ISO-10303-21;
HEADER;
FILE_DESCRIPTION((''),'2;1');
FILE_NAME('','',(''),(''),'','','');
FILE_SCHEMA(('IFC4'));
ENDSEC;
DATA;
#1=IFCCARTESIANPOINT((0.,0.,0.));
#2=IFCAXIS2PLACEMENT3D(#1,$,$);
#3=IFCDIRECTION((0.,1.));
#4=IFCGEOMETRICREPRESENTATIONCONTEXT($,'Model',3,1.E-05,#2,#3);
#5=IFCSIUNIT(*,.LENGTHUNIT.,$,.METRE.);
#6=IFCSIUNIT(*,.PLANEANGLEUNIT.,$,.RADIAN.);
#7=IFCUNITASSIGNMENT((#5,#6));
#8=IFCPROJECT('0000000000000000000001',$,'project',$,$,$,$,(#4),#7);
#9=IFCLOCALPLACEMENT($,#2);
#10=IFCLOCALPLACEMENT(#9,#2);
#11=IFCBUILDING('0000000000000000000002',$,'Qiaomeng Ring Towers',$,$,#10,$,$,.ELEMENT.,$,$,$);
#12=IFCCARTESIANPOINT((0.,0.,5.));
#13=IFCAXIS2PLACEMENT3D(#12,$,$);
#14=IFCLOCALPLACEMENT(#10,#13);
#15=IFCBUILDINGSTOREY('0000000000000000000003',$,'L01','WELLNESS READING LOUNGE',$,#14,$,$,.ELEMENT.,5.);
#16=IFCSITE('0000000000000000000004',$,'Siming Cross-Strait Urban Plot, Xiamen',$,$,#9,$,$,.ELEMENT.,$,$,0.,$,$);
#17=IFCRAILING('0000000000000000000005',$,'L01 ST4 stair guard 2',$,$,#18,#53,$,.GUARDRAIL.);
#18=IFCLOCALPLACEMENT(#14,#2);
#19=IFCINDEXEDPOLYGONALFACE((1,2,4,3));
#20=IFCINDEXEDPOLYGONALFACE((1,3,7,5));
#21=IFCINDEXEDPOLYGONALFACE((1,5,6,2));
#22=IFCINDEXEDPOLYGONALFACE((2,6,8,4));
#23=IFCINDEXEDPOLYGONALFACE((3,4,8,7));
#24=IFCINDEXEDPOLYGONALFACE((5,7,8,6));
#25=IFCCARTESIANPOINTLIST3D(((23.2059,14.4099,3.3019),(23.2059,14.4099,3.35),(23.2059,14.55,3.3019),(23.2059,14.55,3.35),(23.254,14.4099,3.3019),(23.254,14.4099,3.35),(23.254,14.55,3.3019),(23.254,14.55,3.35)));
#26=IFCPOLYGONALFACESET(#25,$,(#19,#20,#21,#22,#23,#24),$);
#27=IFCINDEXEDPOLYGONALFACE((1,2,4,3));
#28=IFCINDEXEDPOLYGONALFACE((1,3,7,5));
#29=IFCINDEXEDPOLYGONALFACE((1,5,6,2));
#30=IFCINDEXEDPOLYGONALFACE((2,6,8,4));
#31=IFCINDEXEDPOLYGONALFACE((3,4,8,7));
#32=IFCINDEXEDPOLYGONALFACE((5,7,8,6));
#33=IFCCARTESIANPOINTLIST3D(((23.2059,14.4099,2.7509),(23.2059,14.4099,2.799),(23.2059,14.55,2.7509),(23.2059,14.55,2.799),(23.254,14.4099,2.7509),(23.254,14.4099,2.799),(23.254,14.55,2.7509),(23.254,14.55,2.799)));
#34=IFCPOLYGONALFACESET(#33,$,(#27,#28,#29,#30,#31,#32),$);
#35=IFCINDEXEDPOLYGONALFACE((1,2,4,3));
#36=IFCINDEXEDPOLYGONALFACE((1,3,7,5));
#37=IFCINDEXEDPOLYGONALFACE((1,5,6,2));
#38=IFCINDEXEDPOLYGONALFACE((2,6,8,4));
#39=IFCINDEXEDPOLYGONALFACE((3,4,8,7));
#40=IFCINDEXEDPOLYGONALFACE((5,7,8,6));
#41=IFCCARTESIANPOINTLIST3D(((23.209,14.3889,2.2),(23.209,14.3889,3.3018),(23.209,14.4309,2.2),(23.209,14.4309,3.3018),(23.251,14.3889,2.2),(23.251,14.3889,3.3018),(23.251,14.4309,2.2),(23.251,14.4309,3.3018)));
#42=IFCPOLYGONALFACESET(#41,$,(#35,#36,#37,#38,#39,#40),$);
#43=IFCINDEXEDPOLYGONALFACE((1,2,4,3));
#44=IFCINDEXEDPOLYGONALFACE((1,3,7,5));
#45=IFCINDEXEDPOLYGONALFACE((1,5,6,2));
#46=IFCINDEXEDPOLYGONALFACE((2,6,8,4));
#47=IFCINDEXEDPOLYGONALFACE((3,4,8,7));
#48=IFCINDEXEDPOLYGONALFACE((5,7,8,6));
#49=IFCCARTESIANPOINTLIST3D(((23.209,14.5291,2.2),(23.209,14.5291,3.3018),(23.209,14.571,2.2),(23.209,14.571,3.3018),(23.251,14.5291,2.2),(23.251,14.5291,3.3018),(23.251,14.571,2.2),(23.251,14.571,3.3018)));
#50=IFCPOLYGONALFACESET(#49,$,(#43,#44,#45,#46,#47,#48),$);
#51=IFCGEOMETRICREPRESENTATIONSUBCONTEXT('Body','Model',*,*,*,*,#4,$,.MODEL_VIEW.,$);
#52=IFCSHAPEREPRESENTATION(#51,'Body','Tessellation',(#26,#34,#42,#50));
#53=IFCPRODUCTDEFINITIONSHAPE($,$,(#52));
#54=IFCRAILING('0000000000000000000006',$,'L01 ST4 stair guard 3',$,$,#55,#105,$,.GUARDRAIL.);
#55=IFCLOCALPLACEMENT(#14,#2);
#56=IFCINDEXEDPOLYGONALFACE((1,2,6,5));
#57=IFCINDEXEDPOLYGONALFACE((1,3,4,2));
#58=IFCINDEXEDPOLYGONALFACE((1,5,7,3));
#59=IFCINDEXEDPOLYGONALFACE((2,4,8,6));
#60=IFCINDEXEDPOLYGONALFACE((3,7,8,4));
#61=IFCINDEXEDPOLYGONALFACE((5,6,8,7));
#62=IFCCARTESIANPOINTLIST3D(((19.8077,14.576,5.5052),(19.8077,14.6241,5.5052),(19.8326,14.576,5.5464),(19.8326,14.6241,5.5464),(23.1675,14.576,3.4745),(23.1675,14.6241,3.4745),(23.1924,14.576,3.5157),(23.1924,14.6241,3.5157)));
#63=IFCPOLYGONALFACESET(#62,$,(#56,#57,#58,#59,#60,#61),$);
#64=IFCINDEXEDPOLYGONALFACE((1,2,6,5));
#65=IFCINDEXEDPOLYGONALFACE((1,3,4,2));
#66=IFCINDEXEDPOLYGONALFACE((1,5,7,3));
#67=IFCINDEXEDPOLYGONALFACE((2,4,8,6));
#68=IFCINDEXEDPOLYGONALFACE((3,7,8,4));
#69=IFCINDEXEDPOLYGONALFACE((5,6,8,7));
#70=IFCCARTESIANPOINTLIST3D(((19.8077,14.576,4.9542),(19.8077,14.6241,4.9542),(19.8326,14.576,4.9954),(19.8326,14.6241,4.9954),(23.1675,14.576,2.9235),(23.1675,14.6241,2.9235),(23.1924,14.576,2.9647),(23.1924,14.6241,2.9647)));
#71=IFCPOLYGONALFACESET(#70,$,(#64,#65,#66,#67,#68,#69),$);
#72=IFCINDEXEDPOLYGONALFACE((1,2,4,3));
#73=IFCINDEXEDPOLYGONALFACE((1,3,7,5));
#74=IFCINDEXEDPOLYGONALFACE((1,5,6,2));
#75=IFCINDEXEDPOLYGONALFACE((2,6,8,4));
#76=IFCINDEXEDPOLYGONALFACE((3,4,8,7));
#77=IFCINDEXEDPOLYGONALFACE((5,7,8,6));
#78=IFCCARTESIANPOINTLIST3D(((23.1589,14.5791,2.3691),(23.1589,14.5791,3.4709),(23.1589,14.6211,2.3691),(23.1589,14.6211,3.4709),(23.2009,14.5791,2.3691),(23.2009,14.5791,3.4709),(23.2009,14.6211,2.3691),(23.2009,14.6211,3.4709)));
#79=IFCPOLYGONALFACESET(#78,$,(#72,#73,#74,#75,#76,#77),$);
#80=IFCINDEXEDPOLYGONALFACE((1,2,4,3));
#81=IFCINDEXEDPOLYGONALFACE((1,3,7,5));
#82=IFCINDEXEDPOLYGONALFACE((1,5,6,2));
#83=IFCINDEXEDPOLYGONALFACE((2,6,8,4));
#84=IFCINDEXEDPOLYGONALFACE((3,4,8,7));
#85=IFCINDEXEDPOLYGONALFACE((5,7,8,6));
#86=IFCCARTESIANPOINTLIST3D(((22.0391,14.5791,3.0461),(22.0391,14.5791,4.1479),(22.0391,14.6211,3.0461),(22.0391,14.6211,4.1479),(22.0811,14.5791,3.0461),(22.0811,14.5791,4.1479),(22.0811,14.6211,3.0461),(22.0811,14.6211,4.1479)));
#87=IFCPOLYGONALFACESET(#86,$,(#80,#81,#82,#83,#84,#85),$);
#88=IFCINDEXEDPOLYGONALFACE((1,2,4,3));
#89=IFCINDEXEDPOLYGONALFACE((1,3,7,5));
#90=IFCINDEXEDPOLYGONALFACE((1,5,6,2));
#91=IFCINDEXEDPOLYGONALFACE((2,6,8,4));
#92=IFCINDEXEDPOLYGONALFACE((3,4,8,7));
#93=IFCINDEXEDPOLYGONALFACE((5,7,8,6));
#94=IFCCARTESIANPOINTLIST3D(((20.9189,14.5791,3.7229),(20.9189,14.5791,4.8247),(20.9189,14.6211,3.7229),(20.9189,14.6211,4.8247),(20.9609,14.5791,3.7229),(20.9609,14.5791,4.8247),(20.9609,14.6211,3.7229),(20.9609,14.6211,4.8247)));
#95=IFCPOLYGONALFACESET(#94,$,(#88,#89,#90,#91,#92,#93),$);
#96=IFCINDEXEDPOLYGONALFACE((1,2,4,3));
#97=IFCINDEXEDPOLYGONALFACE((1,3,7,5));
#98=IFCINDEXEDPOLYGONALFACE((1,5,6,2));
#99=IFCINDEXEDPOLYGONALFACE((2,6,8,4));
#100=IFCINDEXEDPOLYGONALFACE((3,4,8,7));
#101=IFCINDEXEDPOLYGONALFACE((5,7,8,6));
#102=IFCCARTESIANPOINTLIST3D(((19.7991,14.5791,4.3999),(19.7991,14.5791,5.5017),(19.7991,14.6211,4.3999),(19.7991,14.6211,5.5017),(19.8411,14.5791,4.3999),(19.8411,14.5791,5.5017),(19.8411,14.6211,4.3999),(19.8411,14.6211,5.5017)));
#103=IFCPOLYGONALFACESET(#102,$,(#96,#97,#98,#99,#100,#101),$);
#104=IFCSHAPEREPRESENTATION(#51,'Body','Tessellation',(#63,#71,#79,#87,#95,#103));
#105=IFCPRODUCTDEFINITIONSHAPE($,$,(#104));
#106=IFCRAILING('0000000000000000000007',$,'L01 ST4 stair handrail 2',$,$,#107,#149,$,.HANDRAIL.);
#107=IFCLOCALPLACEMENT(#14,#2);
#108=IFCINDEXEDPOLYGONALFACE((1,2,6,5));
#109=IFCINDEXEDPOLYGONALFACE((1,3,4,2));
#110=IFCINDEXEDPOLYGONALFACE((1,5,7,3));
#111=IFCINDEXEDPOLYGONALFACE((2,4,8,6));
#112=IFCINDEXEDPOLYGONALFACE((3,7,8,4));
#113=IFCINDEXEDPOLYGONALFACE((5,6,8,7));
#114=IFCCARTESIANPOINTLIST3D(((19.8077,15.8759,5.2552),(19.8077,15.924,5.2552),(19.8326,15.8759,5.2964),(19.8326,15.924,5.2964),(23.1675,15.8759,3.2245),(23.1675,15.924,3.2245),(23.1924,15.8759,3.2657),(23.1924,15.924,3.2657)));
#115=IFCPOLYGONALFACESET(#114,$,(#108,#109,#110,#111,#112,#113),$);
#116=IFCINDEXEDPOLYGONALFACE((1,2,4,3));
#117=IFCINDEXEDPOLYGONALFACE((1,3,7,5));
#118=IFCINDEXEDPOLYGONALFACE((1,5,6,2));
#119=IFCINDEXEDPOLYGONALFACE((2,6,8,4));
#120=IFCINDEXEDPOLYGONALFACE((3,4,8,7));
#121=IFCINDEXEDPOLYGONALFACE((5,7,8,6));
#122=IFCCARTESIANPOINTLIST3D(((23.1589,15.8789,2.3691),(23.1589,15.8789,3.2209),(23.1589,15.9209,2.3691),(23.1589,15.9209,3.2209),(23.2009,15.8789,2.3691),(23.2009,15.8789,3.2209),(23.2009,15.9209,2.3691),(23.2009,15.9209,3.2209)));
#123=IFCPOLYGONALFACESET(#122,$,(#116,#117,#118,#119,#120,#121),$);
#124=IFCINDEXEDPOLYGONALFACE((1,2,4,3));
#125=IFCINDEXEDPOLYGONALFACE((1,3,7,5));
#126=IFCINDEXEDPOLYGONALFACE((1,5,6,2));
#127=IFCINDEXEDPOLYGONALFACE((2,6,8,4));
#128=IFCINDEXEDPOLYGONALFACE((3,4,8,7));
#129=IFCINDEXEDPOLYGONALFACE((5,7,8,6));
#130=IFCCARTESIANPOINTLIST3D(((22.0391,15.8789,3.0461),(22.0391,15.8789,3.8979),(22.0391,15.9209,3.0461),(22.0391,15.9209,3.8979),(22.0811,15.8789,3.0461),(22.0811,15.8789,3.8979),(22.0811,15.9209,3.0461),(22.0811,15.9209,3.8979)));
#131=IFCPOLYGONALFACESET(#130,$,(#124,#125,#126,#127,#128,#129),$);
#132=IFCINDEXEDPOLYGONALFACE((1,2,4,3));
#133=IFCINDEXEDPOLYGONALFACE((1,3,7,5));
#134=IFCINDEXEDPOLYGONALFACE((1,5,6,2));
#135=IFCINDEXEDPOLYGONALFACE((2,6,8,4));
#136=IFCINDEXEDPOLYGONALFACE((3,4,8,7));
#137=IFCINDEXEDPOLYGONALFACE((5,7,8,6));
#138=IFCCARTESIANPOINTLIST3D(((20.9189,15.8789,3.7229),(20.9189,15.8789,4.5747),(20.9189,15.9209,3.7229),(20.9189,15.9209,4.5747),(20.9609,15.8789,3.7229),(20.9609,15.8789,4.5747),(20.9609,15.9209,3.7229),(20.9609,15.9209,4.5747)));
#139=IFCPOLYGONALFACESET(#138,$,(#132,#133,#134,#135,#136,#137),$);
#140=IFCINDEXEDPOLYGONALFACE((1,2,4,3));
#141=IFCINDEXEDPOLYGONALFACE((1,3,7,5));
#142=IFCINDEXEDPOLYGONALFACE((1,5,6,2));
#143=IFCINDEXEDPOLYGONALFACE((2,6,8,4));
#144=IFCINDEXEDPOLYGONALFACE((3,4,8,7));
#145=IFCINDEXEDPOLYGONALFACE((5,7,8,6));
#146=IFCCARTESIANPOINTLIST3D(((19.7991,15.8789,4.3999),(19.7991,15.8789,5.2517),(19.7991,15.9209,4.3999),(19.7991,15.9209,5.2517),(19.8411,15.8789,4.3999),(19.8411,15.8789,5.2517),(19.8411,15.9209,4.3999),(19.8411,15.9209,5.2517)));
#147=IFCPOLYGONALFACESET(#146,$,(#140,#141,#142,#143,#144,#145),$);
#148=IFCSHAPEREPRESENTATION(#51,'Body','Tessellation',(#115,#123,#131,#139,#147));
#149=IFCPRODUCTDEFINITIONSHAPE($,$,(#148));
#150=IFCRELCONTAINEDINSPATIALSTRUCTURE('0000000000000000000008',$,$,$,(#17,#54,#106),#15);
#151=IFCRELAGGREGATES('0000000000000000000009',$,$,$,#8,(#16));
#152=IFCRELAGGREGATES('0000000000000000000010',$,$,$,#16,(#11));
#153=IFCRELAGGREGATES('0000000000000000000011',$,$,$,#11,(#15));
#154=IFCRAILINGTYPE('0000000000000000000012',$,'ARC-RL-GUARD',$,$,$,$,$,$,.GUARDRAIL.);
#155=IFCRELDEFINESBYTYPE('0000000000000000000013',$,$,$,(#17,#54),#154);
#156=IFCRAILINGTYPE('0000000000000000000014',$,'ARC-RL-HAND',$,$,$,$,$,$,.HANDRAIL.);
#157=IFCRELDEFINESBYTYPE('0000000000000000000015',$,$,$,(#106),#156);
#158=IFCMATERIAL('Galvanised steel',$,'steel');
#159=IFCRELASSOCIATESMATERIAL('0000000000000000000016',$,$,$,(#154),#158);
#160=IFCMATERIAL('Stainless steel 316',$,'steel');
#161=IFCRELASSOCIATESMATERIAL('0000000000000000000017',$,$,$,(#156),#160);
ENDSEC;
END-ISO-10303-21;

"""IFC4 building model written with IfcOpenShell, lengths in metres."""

from ifc_helpers import new_model, si_unit, direction, frame, origin, origin_2d, place, context, subcontext, project, spatial, rectangle, extrude, material, type_object, element, save


model = new_model("IFC4")

# Units and contexts
model_context = context("Model", 3, precision=1e-05, world=origin(), true_north=direction((0.0, 1.0)))
body_context = subcontext(model_context, "Body", "Model", "MODEL_VIEW")
ifc_project = project(units=[si_unit("LENGTHUNIT", "METRE"), si_unit("PLANEANGLEUNIT", "RADIAN")], contexts=[model_context])

# Site, building, storey
site_placement = place(None, origin())
site = spatial("IfcSite", under=ifc_project, at=site_placement, Name="Siming Cross-Strait Urban Plot, Xiamen", CompositionType="ELEMENT", RefElevation=0.0)
building_placement = place(site_placement, origin())
building = spatial("IfcBuilding", under=site, at=building_placement, Name="Qiaomeng Ring Towers", CompositionType="ELEMENT")
storey_placement = place(building_placement, frame((0.0, 0.0, 5.0)))
storey = spatial("IfcBuildingStorey", under=building, at=storey_placement, Name="L01", Description="WELLNESS READING LOUNGE", CompositionType="ELEMENT", Elevation=5.0)

# Shared definitions
ifc_material_1 = material(Name="Galvanised steel", Category="steel")

# Shared definitions
ifc_material_2 = material(Name="Stainless steel 316", Category="steel")

# Railings
railing_type_1 = type_object("IfcRailingType", Name="ARC-RL-GUARD", PredefinedType="GUARDRAIL", material=ifc_material_1)
railing_1_placement = place(storey_placement, frame((23.23, 14.4099, 2.2)))
element("IfcRailing", 1, at=railing_1_placement, inside=storey, type_object=railing_type_1, Name="L01 ST4 stair guard 2", PredefinedType="GUARDRAIL", context=body_context, shape_type="SweptSolid", body=[
    extrude(rectangle(XDim=0.0481, YDim=0.0481, at=origin_2d()), frame((0.0, 0.0, 1.126), z_axis=(0.0, 1.0, 0.0), x_axis=(-1.0, 0.0, 0.0)), (0.0, 0.0, 1.0), 0.1401),
    extrude(rectangle(XDim=0.0481, YDim=0.0481, at=origin_2d()), frame((0.0, 0.0, 0.575), z_axis=(0.0, 1.0, 0.0), x_axis=(-1.0, 0.0, 0.0)), (0.0, 0.0, 1.0), 0.1401),
    extrude(rectangle(XDim=0.042, YDim=0.042, at=origin_2d()), origin(), (0.0, 0.0, 1.0), 1.1018),
    extrude(rectangle(XDim=0.042, YDim=0.042, at=origin_2d()), frame((0.0, 0.1401, 0.0)), (0.0, 0.0, 1.0), 1.1018),
])
railing_2_placement = place(storey_placement, frame((23.1799, 14.6001, 2.3691)))
element("IfcRailing", 2, at=railing_2_placement, inside=storey, type_object=railing_type_1, Name="L01 ST4 stair guard 3", PredefinedType="GUARDRAIL", context=body_context, shape_type="SweptSolid", body=[
    extrude(rectangle(XDim=0.0481, YDim=0.0481, at=origin_2d()), frame((0.0, 0.0, 1.126), z_axis=(-0.85582, 0.0, 0.517273), x_axis=(0.0, -1.0, 0.0)), (0.0, 0.0, 1.0), 3.9258),
    extrude(rectangle(XDim=0.0481, YDim=0.0481, at=origin_2d()), frame((0.0, 0.0, 0.575), z_axis=(-0.85582, 0.0, 0.517273), x_axis=(0.0, -1.0, 0.0)), (0.0, 0.0, 1.0), 3.9258),
    extrude(rectangle(XDim=0.042, YDim=0.042, at=origin_2d()), origin(), (0.0, 0.0, 1.0), 1.1018),
    extrude(rectangle(XDim=0.042, YDim=0.042, at=origin_2d()), frame((-1.1199, 0.0, 0.677)), (0.0, 0.0, 1.0), 1.1018),
    extrude(rectangle(XDim=0.042, YDim=0.042, at=origin_2d()), frame((-2.24, 0.0, 1.3538)), (0.0, 0.0, 1.0), 1.1018),
    extrude(rectangle(XDim=0.042, YDim=0.042, at=origin_2d()), frame((-3.3599, 0.0, 2.0308)), (0.0, 0.0, 1.0), 1.1018),
])
railing_type_2 = type_object("IfcRailingType", Name="ARC-RL-HAND", PredefinedType="HANDRAIL", material=ifc_material_2)
railing_3_placement = place(storey_placement, frame((23.1799, 15.8999, 2.3691)))
element("IfcRailing", 3, at=railing_3_placement, inside=storey, type_object=railing_type_2, Name="L01 ST4 stair handrail 2", PredefinedType="HANDRAIL", context=body_context, shape_type="SweptSolid", body=[
    extrude(rectangle(XDim=0.0481, YDim=0.0481, at=origin_2d()), frame((0.0, 0.0, 0.876), z_axis=(-0.85582, 0.0, 0.517273), x_axis=(0.0, -1.0, 0.0)), (0.0, 0.0, 1.0), 3.9258),
    extrude(rectangle(XDim=0.042, YDim=0.042, at=origin_2d()), origin(), (0.0, 0.0, 1.0), 0.8518),
    extrude(rectangle(XDim=0.042, YDim=0.042, at=origin_2d()), frame((-1.1199, 0.0, 0.677)), (0.0, 0.0, 1.0), 0.8518),
    extrude(rectangle(XDim=0.042, YDim=0.042, at=origin_2d()), frame((-2.24, 0.0, 1.3538)), (0.0, 0.0, 1.0), 0.8518),
    extrude(rectangle(XDim=0.042, YDim=0.042, at=origin_2d()), frame((-3.3599, 0.0, 2.0308)), (0.0, 0.0, 1.0), 0.8518),
])

save(model, "model.ifc")
